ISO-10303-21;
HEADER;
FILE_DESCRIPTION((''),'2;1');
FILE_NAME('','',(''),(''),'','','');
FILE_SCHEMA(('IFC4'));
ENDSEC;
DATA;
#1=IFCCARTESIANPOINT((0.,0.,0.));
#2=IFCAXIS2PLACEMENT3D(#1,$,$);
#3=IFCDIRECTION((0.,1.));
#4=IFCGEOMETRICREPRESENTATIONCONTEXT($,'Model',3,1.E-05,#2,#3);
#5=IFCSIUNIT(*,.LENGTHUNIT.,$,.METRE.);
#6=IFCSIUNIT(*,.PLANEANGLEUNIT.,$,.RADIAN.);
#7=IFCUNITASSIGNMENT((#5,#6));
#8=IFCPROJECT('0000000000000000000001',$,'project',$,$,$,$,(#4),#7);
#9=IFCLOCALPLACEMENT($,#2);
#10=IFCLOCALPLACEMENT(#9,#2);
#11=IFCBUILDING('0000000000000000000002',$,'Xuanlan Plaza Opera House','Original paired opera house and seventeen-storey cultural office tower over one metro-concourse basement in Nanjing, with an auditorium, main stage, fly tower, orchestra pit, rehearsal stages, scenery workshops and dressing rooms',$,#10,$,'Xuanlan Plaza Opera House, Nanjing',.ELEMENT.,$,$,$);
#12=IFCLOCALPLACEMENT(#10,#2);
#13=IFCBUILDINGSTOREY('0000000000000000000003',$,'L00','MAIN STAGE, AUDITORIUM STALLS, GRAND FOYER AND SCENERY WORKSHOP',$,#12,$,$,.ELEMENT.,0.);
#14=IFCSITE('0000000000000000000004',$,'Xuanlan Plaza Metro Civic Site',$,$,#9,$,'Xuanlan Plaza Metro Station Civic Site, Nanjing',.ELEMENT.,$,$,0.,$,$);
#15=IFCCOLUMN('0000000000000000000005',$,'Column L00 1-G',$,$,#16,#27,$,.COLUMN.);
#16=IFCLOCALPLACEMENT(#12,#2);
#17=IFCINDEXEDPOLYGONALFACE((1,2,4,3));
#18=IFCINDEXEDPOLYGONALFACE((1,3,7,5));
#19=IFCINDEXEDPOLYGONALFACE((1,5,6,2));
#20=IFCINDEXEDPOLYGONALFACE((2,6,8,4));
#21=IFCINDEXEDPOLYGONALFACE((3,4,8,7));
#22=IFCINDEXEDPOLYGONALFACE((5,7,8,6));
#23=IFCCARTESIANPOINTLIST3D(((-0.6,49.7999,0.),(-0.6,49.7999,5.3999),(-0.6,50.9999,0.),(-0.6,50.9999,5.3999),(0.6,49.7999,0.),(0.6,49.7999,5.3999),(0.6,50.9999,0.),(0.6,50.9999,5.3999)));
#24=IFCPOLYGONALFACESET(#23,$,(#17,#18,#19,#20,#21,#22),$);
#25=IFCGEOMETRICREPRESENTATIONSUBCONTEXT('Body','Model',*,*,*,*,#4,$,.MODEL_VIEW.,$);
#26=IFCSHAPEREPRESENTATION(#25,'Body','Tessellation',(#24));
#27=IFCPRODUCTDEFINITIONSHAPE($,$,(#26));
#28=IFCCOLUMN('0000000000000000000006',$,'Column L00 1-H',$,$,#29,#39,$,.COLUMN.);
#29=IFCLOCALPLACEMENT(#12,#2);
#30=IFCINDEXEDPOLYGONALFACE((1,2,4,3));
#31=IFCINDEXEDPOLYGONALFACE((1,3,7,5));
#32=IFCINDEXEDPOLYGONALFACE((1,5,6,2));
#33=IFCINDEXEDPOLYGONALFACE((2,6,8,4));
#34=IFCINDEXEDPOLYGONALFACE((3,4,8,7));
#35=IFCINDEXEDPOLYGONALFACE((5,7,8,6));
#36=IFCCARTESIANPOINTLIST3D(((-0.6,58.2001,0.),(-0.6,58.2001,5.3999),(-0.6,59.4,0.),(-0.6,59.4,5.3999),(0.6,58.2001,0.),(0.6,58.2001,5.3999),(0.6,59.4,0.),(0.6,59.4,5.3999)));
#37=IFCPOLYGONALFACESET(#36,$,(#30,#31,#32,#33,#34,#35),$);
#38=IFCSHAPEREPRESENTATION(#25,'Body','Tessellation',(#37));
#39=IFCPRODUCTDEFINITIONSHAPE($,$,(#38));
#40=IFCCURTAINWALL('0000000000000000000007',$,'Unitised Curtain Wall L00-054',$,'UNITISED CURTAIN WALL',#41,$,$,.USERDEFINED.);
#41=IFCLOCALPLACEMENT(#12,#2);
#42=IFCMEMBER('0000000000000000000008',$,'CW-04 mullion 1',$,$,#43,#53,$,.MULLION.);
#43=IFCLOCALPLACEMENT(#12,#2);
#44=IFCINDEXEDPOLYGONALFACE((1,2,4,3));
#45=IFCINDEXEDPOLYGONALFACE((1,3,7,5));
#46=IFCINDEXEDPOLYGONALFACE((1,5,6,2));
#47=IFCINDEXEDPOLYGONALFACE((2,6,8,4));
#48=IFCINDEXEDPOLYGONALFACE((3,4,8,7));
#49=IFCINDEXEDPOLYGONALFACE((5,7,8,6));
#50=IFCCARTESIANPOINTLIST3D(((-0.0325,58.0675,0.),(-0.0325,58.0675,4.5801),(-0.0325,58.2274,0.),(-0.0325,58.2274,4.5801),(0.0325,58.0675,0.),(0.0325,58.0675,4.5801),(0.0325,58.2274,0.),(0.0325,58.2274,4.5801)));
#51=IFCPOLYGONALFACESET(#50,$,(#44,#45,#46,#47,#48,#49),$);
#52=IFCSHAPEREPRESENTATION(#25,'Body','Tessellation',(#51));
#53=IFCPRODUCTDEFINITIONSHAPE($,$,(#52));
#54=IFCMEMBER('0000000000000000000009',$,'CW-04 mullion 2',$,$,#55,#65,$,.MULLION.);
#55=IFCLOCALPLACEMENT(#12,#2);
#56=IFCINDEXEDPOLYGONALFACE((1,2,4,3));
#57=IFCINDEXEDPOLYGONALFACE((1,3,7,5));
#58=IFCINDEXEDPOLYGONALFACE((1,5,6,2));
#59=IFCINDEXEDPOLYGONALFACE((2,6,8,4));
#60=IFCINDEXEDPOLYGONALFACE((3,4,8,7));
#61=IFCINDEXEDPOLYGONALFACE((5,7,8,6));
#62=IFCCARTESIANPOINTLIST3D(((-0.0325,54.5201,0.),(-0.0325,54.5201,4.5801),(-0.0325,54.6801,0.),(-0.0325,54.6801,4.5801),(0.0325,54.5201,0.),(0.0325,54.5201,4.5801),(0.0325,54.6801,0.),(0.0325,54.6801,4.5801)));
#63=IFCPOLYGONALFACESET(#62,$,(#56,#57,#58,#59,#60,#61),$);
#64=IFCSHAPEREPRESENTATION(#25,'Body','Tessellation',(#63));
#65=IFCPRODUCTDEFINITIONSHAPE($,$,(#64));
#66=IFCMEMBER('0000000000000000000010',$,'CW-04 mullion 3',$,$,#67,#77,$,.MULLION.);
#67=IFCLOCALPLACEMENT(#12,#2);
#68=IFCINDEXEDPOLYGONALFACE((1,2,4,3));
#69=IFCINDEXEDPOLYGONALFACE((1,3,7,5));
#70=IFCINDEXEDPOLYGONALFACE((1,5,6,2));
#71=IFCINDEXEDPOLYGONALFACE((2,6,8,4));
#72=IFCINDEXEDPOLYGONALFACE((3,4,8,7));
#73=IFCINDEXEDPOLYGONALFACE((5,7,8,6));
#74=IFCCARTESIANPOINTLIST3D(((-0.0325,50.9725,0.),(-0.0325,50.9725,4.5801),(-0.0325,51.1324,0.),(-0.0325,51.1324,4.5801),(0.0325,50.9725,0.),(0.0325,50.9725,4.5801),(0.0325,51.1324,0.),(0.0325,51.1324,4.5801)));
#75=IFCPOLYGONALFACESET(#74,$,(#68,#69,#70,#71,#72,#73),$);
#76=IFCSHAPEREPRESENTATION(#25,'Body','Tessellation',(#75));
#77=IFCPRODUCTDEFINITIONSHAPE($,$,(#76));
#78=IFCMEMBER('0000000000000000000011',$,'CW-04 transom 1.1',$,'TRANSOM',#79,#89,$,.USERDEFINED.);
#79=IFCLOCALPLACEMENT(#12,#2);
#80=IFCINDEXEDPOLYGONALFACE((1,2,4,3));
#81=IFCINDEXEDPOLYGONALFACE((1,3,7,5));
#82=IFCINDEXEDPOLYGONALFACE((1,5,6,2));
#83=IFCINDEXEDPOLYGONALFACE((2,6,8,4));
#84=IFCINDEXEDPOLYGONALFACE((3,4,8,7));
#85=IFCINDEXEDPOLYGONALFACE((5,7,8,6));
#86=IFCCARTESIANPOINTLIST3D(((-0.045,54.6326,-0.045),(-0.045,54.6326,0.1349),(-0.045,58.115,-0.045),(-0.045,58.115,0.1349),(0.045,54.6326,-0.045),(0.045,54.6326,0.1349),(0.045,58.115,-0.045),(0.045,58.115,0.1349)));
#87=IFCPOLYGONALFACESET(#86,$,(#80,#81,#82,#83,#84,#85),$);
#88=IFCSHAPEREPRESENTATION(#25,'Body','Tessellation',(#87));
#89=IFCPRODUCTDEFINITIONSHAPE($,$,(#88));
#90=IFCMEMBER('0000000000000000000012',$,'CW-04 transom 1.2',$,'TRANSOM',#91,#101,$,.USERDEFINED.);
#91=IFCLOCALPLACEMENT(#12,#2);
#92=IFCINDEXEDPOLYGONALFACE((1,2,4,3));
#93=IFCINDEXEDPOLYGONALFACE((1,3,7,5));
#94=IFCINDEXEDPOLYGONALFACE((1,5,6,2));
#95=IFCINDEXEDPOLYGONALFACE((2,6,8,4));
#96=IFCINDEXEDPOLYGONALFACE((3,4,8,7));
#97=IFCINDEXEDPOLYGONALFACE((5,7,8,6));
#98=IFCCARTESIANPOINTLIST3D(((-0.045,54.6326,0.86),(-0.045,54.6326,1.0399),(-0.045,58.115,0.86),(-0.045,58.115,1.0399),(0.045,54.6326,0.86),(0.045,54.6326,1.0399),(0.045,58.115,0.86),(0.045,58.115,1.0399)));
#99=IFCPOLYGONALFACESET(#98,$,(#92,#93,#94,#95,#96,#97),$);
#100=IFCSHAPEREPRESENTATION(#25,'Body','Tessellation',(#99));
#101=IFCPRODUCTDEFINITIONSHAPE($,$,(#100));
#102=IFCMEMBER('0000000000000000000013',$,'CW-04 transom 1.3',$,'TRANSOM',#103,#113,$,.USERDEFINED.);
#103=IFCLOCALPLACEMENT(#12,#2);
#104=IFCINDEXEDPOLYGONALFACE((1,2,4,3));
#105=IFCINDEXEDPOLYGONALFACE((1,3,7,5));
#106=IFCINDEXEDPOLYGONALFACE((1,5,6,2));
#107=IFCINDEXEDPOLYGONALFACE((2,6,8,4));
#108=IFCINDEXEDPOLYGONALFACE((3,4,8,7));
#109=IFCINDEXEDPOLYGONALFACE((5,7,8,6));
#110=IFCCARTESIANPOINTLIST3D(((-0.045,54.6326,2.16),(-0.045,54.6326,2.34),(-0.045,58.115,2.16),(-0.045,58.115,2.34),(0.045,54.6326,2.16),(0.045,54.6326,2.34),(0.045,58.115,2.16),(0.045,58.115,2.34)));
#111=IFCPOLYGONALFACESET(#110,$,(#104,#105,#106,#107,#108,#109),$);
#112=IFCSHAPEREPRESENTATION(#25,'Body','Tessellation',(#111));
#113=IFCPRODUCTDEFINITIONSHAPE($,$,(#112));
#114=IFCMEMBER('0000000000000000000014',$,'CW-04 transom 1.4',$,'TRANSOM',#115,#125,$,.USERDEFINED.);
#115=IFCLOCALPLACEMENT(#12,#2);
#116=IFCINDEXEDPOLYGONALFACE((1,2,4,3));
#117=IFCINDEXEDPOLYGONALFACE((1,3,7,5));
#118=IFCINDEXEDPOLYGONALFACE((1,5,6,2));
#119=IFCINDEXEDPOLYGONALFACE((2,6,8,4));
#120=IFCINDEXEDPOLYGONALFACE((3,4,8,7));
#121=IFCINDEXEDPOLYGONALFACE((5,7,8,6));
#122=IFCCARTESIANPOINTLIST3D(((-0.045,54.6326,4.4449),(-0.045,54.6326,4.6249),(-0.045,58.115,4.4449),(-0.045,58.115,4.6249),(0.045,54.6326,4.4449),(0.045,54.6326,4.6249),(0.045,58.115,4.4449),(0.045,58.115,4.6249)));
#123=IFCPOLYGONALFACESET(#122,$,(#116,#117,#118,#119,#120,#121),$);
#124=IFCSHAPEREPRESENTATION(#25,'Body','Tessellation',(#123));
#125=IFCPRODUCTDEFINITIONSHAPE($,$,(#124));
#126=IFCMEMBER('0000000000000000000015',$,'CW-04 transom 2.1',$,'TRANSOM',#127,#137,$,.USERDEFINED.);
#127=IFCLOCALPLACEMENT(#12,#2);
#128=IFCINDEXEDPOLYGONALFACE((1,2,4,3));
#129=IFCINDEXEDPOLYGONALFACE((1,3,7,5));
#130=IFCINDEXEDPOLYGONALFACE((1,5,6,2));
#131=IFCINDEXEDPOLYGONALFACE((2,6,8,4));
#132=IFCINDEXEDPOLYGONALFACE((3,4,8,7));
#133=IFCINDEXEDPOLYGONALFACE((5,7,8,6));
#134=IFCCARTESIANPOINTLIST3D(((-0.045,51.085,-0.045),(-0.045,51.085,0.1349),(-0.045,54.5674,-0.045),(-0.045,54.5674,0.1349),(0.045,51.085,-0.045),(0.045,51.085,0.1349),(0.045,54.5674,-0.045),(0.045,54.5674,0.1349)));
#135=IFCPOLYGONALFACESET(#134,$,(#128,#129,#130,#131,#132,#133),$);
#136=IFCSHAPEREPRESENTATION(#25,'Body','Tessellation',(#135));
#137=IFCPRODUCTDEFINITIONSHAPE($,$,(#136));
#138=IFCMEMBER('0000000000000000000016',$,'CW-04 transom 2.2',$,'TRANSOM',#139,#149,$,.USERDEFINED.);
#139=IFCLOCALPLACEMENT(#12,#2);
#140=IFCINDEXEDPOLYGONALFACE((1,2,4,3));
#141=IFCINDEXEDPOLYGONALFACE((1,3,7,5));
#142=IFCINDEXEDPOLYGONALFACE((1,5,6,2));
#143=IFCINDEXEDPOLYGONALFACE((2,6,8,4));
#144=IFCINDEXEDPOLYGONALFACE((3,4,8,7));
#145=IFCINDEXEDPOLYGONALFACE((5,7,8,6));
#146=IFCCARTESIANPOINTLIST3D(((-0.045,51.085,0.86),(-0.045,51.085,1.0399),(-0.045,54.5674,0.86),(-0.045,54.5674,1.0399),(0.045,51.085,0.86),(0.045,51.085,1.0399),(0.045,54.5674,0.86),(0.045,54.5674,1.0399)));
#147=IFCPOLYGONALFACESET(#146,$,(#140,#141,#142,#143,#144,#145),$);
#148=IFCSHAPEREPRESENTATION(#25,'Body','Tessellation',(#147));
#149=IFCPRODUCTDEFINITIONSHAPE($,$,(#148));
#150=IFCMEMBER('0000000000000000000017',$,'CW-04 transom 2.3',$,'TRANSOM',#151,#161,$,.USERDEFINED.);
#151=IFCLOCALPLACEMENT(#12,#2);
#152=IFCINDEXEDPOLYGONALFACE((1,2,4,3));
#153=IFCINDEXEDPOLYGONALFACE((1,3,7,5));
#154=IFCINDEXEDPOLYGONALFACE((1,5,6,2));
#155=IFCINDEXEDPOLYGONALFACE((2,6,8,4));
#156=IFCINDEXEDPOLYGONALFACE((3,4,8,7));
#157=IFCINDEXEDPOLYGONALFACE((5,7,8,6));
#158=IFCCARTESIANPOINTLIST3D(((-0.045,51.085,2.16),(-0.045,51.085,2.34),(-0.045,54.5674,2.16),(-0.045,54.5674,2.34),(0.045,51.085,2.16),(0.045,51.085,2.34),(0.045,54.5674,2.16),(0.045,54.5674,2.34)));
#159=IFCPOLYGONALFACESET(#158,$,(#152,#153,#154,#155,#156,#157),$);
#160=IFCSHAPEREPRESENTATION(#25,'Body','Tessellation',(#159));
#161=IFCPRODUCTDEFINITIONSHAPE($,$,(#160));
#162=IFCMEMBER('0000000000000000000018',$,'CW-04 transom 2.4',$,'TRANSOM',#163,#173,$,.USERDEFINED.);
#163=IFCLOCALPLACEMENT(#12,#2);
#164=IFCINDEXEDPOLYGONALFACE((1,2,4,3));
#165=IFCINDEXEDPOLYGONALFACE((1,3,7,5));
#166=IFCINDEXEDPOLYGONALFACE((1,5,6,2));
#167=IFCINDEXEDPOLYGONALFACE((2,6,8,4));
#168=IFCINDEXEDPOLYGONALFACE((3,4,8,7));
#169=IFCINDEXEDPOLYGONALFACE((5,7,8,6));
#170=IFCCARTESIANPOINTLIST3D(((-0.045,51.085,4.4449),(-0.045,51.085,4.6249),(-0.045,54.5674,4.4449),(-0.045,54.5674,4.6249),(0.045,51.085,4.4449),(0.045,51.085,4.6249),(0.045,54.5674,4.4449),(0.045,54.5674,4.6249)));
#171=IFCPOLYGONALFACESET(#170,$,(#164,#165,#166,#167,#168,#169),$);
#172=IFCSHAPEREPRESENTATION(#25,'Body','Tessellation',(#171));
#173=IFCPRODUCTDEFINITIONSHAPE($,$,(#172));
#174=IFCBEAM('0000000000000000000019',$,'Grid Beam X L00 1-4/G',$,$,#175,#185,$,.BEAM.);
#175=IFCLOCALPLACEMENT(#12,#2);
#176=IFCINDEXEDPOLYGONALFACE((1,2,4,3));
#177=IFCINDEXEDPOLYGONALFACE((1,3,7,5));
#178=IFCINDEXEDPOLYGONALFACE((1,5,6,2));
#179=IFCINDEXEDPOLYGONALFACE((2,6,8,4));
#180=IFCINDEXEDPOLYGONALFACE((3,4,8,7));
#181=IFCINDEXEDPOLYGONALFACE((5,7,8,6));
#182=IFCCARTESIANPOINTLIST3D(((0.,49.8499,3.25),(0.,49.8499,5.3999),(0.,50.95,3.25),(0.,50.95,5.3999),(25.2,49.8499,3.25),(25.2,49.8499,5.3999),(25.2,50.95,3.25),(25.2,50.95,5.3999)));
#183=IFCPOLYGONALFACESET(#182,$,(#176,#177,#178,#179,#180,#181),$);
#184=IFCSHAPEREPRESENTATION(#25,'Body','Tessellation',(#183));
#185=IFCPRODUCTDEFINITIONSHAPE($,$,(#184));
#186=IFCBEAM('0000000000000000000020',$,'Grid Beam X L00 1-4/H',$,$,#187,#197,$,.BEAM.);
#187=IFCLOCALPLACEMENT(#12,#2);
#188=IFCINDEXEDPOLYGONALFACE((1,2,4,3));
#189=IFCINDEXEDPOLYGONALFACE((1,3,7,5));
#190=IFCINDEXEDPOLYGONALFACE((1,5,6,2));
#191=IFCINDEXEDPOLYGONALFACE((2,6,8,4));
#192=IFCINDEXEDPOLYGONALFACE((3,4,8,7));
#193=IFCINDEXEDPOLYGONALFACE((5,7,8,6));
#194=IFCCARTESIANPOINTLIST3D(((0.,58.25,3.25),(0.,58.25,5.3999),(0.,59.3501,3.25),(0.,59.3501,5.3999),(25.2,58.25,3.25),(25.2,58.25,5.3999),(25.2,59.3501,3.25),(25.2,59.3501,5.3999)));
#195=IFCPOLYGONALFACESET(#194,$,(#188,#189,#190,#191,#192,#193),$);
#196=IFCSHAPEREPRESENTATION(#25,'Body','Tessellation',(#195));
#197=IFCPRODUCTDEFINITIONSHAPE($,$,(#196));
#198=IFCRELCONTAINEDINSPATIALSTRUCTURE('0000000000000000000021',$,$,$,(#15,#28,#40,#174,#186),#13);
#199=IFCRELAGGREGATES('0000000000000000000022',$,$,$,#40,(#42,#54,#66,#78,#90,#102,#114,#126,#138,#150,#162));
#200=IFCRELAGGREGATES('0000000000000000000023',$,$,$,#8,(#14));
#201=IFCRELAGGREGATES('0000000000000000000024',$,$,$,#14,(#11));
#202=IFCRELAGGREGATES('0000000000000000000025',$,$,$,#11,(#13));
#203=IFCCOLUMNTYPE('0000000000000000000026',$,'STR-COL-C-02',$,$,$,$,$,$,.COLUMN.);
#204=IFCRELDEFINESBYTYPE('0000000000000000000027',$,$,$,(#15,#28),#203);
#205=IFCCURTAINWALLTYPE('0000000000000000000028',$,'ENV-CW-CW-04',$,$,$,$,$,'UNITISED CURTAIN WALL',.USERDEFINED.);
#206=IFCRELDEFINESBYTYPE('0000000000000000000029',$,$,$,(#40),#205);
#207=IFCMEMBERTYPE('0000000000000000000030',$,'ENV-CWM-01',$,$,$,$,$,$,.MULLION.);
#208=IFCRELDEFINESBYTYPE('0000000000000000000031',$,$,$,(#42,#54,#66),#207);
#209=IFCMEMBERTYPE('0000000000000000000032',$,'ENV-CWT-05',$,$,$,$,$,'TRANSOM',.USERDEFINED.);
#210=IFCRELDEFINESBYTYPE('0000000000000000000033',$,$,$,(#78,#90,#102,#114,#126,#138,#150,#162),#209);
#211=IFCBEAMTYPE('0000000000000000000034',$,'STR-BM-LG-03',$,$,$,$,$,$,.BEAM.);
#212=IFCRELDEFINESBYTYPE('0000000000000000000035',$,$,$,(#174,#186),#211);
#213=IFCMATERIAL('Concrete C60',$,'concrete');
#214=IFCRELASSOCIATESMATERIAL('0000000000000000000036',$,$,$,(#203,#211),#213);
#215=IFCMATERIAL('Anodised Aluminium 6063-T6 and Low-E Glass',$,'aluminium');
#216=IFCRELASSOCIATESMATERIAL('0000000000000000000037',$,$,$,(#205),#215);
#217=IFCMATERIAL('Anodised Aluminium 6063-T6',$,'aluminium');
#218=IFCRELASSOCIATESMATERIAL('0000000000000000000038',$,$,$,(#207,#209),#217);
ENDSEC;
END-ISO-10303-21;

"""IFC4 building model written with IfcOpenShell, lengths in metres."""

from ifc_helpers import new_model, si_unit, direction, frame, origin, origin_2d, place, context, subcontext, project, spatial, rectangle, extrude, material, material_profile, profile_set, type_object, element, aggregate, save


model = new_model("IFC4")

# Units and contexts
model_context = context("Model", 3, precision=1e-05, world=origin(), true_north=direction((0.0, 1.0)))
body_context = subcontext(model_context, "Body", "Model", "MODEL_VIEW")
ifc_project = project(units=[si_unit("LENGTHUNIT", "METRE"), si_unit("PLANEANGLEUNIT", "RADIAN")], contexts=[model_context])

# Site, building, storey
site_placement = place(None, origin())
site = spatial("IfcSite", under=ifc_project, at=site_placement, Name="Xuanlan Plaza Metro Civic Site", LongName="Xuanlan Plaza Metro Station Civic Site, Nanjing", CompositionType="ELEMENT", RefElevation=0.0)
building_placement = place(site_placement, origin())
building = spatial("IfcBuilding", under=site, at=building_placement, Name="Xuanlan Plaza Opera House", Description="Original paired opera house and seventeen-storey cultural office tower over one metro-concourse basement in Nanjing, with an auditorium, main stage, fly tower, orchestra pit, rehearsal stages, scenery workshops and dressing rooms", LongName="Xuanlan Plaza Opera House, Nanjing", CompositionType="ELEMENT")
storey_placement = place(building_placement, origin())
storey = spatial("IfcBuildingStorey", under=building, at=storey_placement, Name="L00", Description="MAIN STAGE, AUDITORIUM STALLS, GRAND FOYER AND SCENERY WORKSHOP", CompositionType="ELEMENT", Elevation=0.0)

# Columns
ifc_material_1 = material(Name="Concrete C60", Category="concrete")
ifc_material_profile_1 = material_profile(ifc_material_1, rectangle(XDim=1.2, YDim=1.2, at=origin_2d()), Name="RC-COL 1200x1200")
ifc_profile_set_1 = profile_set([ifc_material_profile_1], Name="Concrete C60")
column_type = type_object("IfcColumnType", Name="STR-COL-C-02", PredefinedType="COLUMN", material=ifc_profile_set_1)
for number, where, z_axis, x_axis, name in (
    (1, (0.0, 50.3999, 0.0), (0.0, 0.0, 1.0), (1.0, 0.0, 0.0), "Column L00 1-G"),
    (2, (0.0, 58.8, 0.0), (0.0, 0.0, 1.0), (1.0, 0.0, 0.0), "Column L00 1-H"),
):
    element("IfcColumn", number, at=place(storey_placement, frame(where, z_axis=z_axis, x_axis=x_axis)), inside=storey, type_object=column_type, Name=name, PredefinedType="COLUMN", context=body_context, shape_type="SweptSolid", body=[
        extrude(rectangle(XDim=1.2, YDim=1.2, at=origin_2d()), origin(), (0.0, 0.0, 1.0), 5.3999),
    ])

# Curtain wall, members
ifc_material_2 = material(Name="Anodised Aluminium 6063-T6 and Low-E Glass", Category="aluminium")
curtain_wall_type = type_object("IfcCurtainWallType", Name="ENV-CW-CW-04", ElementType="UNITISED CURTAIN WALL", PredefinedType="USERDEFINED", material=ifc_material_2)
curtain_wall_placement = place(storey_placement, origin())
curtain_wall = element("IfcCurtainWall", 3, at=curtain_wall_placement, inside=storey, type_object=curtain_wall_type, Name="Unitised Curtain Wall L00-054", ObjectType="UNITISED CURTAIN WALL", PredefinedType="USERDEFINED")
ifc_material_3 = material(Name="Anodised Aluminium 6063-T6", Category="aluminium")
ifc_material_profile_2 = material_profile(ifc_material_3, rectangle(XDim=0.0649, YDim=0.1599, at=origin_2d()), Name="ALU-M 65x160")
ifc_profile_set_2 = profile_set([ifc_material_profile_2], Name="Anodised Aluminium 6063-T6")
member_type_1 = type_object("IfcMemberType", Name="ENV-CWM-01", PredefinedType="MULLION", material=ifc_profile_set_2)
member_1_placement = place(storey_placement, frame((0.0, 58.1475, 0.0), z_axis=(0.0, 0.0, 1.0), x_axis=(1.0, 0.0, 0.0)))
member_1 = element("IfcMember", 4, at=member_1_placement, type_object=member_type_1, Name="CW-04 mullion 1", PredefinedType="MULLION", context=body_context, shape_type="SweptSolid", body=[
    extrude(rectangle(XDim=0.0649, YDim=0.1599, at=origin_2d()), origin(), (0.0, 0.0, 1.0), 4.5801),
])
member_2_placement = place(storey_placement, frame((0.0, 54.6001, 0.0), z_axis=(0.0, 0.0, 1.0), x_axis=(1.0, 0.0, 0.0)))
member_2 = element("IfcMember", 5, at=member_2_placement, type_object=member_type_1, Name="CW-04 mullion 2", PredefinedType="MULLION", context=body_context, shape_type="SweptSolid", body=[
    extrude(rectangle(XDim=0.0649, YDim=0.1599, at=origin_2d()), origin(), (0.0, 0.0, 1.0), 4.5801),
])
member_3_placement = place(storey_placement, frame((0.0, 51.0525, 0.0), z_axis=(0.0, 0.0, 1.0), x_axis=(1.0, 0.0, 0.0)))
member_3 = element("IfcMember", 6, at=member_3_placement, type_object=member_type_1, Name="CW-04 mullion 3", PredefinedType="MULLION", context=body_context, shape_type="SweptSolid", body=[
    extrude(rectangle(XDim=0.0649, YDim=0.1599, at=origin_2d()), origin(), (0.0, 0.0, 1.0), 4.5801),
])
ifc_material_profile_3 = material_profile(ifc_material_3, rectangle(XDim=0.0901, YDim=0.1799, at=origin_2d()), Name="ALU-T 90x180")
ifc_profile_set_3 = profile_set([ifc_material_profile_3], Name="Anodised Aluminium 6063-T6")
member_type_2 = type_object("IfcMemberType", Name="ENV-CWT-05", ElementType="TRANSOM", PredefinedType="USERDEFINED", material=ifc_profile_set_3)
member_4_placement = place(storey_placement, frame((0.0, 58.115, 0.0449), z_axis=(0.0, -1.0, 0.0), x_axis=(1.0, 0.0, 0.0)))
member_4 = element("IfcMember", 7, at=member_4_placement, type_object=member_type_2, Name="CW-04 transom 1.1", ObjectType="TRANSOM", PredefinedType="USERDEFINED", context=body_context, shape_type="SweptSolid", body=[
    extrude(rectangle(XDim=0.0901, YDim=0.1799, at=origin_2d()), origin(), (0.0, 0.0, 1.0), 3.4824),
])
member_5_placement = place(storey_placement, frame((0.0, 58.115, 0.95), z_axis=(0.0, -1.0, 0.0), x_axis=(1.0, 0.0, 0.0)))
member_5 = element("IfcMember", 8, at=member_5_placement, type_object=member_type_2, Name="CW-04 transom 1.2", ObjectType="TRANSOM", PredefinedType="USERDEFINED", context=body_context, shape_type="SweptSolid", body=[
    extrude(rectangle(XDim=0.0901, YDim=0.1799, at=origin_2d()), origin(), (0.0, 0.0, 1.0), 3.4824),
])
member_6_placement = place(storey_placement, frame((0.0, 58.115, 2.25), z_axis=(0.0, -1.0, 0.0), x_axis=(1.0, 0.0, 0.0)))
member_6 = element("IfcMember", 9, at=member_6_placement, type_object=member_type_2, Name="CW-04 transom 1.3", ObjectType="TRANSOM", PredefinedType="USERDEFINED", context=body_context, shape_type="SweptSolid", body=[
    extrude(rectangle(XDim=0.0901, YDim=0.1799, at=origin_2d()), origin(), (0.0, 0.0, 1.0), 3.4824),
])
member_7_placement = place(storey_placement, frame((0.0, 58.115, 4.5349), z_axis=(0.0, -1.0, 0.0), x_axis=(1.0, 0.0, 0.0)))
member_7 = element("IfcMember", 10, at=member_7_placement, type_object=member_type_2, Name="CW-04 transom 1.4", ObjectType="TRANSOM", PredefinedType="USERDEFINED", context=body_context, shape_type="SweptSolid", body=[
    extrude(rectangle(XDim=0.0901, YDim=0.1799, at=origin_2d()), origin(), (0.0, 0.0, 1.0), 3.4824),
])
member_8_placement = place(storey_placement, frame((0.0, 54.5674, 0.0449), z_axis=(0.0, -1.0, 0.0), x_axis=(1.0, 0.0, 0.0)))
member_8 = element("IfcMember", 11, at=member_8_placement, type_object=member_type_2, Name="CW-04 transom 2.1", ObjectType="TRANSOM", PredefinedType="USERDEFINED", context=body_context, shape_type="SweptSolid", body=[
    extrude(rectangle(XDim=0.0901, YDim=0.1799, at=origin_2d()), origin(), (0.0, 0.0, 1.0), 3.4824),
])
member_9_placement = place(storey_placement, frame((0.0, 54.5674, 0.95), z_axis=(0.0, -1.0, 0.0), x_axis=(1.0, 0.0, 0.0)))
member_9 = element("IfcMember", 12, at=member_9_placement, type_object=member_type_2, Name="CW-04 transom 2.2", ObjectType="TRANSOM", PredefinedType="USERDEFINED", context=body_context, shape_type="SweptSolid", body=[
    extrude(rectangle(XDim=0.0901, YDim=0.1799, at=origin_2d()), origin(), (0.0, 0.0, 1.0), 3.4824),
])
member_10_placement = place(storey_placement, frame((0.0, 54.5674, 2.25), z_axis=(0.0, -1.0, 0.0), x_axis=(1.0, 0.0, 0.0)))
member_10 = element("IfcMember", 13, at=member_10_placement, type_object=member_type_2, Name="CW-04 transom 2.3", ObjectType="TRANSOM", PredefinedType="USERDEFINED", context=body_context, shape_type="SweptSolid", body=[
    extrude(rectangle(XDim=0.0901, YDim=0.1799, at=origin_2d()), origin(), (0.0, 0.0, 1.0), 3.4824),
])
member_11_placement = place(storey_placement, frame((0.0, 54.5674, 4.5349), z_axis=(0.0, -1.0, 0.0), x_axis=(1.0, 0.0, 0.0)))
member_11 = element("IfcMember", 14, at=member_11_placement, type_object=member_type_2, Name="CW-04 transom 2.4", ObjectType="TRANSOM", PredefinedType="USERDEFINED", context=body_context, shape_type="SweptSolid", body=[
    extrude(rectangle(XDim=0.0901, YDim=0.1799, at=origin_2d()), origin(), (0.0, 0.0, 1.0), 3.4824),
])

# Beams
ifc_material_profile_4 = material_profile(ifc_material_1, rectangle(XDim=1.1001, YDim=2.1499, at=origin_2d()), Name="RC-TG 1100x2150")
ifc_profile_set_4 = profile_set([ifc_material_profile_4], Name="Concrete C60")
beam_type_1 = type_object("IfcBeamType", Name="STR-BM-LG-03", PredefinedType="BEAM", material=ifc_profile_set_4)
for number, where, z_axis, x_axis, name in (
    (15, (0.0, 50.3999, 4.325), (1.0, 0.0, 0.0), (0.0, 1.0, 0.0), "Grid Beam X L00 1-4/G"),
    (16, (0.0, 58.8, 4.325), (1.0, 0.0, 0.0), (0.0, 1.0, 0.0), "Grid Beam X L00 1-4/H"),
):
    element("IfcBeam", number, at=place(storey_placement, frame(where, z_axis=z_axis, x_axis=x_axis)), inside=storey, type_object=beam_type_1, Name=name, PredefinedType="BEAM", context=body_context, shape_type="SweptSolid", body=[
        extrude(rectangle(XDim=1.1001, YDim=2.1499, at=origin_2d()), origin(), (0.0, 0.0, 1.0), 25.2),
    ])

aggregate(curtain_wall, [member_1, member_2, member_3, member_4, member_5, member_6, member_7, member_8, member_9, member_10, member_11])

save(model, "model.ifc")
